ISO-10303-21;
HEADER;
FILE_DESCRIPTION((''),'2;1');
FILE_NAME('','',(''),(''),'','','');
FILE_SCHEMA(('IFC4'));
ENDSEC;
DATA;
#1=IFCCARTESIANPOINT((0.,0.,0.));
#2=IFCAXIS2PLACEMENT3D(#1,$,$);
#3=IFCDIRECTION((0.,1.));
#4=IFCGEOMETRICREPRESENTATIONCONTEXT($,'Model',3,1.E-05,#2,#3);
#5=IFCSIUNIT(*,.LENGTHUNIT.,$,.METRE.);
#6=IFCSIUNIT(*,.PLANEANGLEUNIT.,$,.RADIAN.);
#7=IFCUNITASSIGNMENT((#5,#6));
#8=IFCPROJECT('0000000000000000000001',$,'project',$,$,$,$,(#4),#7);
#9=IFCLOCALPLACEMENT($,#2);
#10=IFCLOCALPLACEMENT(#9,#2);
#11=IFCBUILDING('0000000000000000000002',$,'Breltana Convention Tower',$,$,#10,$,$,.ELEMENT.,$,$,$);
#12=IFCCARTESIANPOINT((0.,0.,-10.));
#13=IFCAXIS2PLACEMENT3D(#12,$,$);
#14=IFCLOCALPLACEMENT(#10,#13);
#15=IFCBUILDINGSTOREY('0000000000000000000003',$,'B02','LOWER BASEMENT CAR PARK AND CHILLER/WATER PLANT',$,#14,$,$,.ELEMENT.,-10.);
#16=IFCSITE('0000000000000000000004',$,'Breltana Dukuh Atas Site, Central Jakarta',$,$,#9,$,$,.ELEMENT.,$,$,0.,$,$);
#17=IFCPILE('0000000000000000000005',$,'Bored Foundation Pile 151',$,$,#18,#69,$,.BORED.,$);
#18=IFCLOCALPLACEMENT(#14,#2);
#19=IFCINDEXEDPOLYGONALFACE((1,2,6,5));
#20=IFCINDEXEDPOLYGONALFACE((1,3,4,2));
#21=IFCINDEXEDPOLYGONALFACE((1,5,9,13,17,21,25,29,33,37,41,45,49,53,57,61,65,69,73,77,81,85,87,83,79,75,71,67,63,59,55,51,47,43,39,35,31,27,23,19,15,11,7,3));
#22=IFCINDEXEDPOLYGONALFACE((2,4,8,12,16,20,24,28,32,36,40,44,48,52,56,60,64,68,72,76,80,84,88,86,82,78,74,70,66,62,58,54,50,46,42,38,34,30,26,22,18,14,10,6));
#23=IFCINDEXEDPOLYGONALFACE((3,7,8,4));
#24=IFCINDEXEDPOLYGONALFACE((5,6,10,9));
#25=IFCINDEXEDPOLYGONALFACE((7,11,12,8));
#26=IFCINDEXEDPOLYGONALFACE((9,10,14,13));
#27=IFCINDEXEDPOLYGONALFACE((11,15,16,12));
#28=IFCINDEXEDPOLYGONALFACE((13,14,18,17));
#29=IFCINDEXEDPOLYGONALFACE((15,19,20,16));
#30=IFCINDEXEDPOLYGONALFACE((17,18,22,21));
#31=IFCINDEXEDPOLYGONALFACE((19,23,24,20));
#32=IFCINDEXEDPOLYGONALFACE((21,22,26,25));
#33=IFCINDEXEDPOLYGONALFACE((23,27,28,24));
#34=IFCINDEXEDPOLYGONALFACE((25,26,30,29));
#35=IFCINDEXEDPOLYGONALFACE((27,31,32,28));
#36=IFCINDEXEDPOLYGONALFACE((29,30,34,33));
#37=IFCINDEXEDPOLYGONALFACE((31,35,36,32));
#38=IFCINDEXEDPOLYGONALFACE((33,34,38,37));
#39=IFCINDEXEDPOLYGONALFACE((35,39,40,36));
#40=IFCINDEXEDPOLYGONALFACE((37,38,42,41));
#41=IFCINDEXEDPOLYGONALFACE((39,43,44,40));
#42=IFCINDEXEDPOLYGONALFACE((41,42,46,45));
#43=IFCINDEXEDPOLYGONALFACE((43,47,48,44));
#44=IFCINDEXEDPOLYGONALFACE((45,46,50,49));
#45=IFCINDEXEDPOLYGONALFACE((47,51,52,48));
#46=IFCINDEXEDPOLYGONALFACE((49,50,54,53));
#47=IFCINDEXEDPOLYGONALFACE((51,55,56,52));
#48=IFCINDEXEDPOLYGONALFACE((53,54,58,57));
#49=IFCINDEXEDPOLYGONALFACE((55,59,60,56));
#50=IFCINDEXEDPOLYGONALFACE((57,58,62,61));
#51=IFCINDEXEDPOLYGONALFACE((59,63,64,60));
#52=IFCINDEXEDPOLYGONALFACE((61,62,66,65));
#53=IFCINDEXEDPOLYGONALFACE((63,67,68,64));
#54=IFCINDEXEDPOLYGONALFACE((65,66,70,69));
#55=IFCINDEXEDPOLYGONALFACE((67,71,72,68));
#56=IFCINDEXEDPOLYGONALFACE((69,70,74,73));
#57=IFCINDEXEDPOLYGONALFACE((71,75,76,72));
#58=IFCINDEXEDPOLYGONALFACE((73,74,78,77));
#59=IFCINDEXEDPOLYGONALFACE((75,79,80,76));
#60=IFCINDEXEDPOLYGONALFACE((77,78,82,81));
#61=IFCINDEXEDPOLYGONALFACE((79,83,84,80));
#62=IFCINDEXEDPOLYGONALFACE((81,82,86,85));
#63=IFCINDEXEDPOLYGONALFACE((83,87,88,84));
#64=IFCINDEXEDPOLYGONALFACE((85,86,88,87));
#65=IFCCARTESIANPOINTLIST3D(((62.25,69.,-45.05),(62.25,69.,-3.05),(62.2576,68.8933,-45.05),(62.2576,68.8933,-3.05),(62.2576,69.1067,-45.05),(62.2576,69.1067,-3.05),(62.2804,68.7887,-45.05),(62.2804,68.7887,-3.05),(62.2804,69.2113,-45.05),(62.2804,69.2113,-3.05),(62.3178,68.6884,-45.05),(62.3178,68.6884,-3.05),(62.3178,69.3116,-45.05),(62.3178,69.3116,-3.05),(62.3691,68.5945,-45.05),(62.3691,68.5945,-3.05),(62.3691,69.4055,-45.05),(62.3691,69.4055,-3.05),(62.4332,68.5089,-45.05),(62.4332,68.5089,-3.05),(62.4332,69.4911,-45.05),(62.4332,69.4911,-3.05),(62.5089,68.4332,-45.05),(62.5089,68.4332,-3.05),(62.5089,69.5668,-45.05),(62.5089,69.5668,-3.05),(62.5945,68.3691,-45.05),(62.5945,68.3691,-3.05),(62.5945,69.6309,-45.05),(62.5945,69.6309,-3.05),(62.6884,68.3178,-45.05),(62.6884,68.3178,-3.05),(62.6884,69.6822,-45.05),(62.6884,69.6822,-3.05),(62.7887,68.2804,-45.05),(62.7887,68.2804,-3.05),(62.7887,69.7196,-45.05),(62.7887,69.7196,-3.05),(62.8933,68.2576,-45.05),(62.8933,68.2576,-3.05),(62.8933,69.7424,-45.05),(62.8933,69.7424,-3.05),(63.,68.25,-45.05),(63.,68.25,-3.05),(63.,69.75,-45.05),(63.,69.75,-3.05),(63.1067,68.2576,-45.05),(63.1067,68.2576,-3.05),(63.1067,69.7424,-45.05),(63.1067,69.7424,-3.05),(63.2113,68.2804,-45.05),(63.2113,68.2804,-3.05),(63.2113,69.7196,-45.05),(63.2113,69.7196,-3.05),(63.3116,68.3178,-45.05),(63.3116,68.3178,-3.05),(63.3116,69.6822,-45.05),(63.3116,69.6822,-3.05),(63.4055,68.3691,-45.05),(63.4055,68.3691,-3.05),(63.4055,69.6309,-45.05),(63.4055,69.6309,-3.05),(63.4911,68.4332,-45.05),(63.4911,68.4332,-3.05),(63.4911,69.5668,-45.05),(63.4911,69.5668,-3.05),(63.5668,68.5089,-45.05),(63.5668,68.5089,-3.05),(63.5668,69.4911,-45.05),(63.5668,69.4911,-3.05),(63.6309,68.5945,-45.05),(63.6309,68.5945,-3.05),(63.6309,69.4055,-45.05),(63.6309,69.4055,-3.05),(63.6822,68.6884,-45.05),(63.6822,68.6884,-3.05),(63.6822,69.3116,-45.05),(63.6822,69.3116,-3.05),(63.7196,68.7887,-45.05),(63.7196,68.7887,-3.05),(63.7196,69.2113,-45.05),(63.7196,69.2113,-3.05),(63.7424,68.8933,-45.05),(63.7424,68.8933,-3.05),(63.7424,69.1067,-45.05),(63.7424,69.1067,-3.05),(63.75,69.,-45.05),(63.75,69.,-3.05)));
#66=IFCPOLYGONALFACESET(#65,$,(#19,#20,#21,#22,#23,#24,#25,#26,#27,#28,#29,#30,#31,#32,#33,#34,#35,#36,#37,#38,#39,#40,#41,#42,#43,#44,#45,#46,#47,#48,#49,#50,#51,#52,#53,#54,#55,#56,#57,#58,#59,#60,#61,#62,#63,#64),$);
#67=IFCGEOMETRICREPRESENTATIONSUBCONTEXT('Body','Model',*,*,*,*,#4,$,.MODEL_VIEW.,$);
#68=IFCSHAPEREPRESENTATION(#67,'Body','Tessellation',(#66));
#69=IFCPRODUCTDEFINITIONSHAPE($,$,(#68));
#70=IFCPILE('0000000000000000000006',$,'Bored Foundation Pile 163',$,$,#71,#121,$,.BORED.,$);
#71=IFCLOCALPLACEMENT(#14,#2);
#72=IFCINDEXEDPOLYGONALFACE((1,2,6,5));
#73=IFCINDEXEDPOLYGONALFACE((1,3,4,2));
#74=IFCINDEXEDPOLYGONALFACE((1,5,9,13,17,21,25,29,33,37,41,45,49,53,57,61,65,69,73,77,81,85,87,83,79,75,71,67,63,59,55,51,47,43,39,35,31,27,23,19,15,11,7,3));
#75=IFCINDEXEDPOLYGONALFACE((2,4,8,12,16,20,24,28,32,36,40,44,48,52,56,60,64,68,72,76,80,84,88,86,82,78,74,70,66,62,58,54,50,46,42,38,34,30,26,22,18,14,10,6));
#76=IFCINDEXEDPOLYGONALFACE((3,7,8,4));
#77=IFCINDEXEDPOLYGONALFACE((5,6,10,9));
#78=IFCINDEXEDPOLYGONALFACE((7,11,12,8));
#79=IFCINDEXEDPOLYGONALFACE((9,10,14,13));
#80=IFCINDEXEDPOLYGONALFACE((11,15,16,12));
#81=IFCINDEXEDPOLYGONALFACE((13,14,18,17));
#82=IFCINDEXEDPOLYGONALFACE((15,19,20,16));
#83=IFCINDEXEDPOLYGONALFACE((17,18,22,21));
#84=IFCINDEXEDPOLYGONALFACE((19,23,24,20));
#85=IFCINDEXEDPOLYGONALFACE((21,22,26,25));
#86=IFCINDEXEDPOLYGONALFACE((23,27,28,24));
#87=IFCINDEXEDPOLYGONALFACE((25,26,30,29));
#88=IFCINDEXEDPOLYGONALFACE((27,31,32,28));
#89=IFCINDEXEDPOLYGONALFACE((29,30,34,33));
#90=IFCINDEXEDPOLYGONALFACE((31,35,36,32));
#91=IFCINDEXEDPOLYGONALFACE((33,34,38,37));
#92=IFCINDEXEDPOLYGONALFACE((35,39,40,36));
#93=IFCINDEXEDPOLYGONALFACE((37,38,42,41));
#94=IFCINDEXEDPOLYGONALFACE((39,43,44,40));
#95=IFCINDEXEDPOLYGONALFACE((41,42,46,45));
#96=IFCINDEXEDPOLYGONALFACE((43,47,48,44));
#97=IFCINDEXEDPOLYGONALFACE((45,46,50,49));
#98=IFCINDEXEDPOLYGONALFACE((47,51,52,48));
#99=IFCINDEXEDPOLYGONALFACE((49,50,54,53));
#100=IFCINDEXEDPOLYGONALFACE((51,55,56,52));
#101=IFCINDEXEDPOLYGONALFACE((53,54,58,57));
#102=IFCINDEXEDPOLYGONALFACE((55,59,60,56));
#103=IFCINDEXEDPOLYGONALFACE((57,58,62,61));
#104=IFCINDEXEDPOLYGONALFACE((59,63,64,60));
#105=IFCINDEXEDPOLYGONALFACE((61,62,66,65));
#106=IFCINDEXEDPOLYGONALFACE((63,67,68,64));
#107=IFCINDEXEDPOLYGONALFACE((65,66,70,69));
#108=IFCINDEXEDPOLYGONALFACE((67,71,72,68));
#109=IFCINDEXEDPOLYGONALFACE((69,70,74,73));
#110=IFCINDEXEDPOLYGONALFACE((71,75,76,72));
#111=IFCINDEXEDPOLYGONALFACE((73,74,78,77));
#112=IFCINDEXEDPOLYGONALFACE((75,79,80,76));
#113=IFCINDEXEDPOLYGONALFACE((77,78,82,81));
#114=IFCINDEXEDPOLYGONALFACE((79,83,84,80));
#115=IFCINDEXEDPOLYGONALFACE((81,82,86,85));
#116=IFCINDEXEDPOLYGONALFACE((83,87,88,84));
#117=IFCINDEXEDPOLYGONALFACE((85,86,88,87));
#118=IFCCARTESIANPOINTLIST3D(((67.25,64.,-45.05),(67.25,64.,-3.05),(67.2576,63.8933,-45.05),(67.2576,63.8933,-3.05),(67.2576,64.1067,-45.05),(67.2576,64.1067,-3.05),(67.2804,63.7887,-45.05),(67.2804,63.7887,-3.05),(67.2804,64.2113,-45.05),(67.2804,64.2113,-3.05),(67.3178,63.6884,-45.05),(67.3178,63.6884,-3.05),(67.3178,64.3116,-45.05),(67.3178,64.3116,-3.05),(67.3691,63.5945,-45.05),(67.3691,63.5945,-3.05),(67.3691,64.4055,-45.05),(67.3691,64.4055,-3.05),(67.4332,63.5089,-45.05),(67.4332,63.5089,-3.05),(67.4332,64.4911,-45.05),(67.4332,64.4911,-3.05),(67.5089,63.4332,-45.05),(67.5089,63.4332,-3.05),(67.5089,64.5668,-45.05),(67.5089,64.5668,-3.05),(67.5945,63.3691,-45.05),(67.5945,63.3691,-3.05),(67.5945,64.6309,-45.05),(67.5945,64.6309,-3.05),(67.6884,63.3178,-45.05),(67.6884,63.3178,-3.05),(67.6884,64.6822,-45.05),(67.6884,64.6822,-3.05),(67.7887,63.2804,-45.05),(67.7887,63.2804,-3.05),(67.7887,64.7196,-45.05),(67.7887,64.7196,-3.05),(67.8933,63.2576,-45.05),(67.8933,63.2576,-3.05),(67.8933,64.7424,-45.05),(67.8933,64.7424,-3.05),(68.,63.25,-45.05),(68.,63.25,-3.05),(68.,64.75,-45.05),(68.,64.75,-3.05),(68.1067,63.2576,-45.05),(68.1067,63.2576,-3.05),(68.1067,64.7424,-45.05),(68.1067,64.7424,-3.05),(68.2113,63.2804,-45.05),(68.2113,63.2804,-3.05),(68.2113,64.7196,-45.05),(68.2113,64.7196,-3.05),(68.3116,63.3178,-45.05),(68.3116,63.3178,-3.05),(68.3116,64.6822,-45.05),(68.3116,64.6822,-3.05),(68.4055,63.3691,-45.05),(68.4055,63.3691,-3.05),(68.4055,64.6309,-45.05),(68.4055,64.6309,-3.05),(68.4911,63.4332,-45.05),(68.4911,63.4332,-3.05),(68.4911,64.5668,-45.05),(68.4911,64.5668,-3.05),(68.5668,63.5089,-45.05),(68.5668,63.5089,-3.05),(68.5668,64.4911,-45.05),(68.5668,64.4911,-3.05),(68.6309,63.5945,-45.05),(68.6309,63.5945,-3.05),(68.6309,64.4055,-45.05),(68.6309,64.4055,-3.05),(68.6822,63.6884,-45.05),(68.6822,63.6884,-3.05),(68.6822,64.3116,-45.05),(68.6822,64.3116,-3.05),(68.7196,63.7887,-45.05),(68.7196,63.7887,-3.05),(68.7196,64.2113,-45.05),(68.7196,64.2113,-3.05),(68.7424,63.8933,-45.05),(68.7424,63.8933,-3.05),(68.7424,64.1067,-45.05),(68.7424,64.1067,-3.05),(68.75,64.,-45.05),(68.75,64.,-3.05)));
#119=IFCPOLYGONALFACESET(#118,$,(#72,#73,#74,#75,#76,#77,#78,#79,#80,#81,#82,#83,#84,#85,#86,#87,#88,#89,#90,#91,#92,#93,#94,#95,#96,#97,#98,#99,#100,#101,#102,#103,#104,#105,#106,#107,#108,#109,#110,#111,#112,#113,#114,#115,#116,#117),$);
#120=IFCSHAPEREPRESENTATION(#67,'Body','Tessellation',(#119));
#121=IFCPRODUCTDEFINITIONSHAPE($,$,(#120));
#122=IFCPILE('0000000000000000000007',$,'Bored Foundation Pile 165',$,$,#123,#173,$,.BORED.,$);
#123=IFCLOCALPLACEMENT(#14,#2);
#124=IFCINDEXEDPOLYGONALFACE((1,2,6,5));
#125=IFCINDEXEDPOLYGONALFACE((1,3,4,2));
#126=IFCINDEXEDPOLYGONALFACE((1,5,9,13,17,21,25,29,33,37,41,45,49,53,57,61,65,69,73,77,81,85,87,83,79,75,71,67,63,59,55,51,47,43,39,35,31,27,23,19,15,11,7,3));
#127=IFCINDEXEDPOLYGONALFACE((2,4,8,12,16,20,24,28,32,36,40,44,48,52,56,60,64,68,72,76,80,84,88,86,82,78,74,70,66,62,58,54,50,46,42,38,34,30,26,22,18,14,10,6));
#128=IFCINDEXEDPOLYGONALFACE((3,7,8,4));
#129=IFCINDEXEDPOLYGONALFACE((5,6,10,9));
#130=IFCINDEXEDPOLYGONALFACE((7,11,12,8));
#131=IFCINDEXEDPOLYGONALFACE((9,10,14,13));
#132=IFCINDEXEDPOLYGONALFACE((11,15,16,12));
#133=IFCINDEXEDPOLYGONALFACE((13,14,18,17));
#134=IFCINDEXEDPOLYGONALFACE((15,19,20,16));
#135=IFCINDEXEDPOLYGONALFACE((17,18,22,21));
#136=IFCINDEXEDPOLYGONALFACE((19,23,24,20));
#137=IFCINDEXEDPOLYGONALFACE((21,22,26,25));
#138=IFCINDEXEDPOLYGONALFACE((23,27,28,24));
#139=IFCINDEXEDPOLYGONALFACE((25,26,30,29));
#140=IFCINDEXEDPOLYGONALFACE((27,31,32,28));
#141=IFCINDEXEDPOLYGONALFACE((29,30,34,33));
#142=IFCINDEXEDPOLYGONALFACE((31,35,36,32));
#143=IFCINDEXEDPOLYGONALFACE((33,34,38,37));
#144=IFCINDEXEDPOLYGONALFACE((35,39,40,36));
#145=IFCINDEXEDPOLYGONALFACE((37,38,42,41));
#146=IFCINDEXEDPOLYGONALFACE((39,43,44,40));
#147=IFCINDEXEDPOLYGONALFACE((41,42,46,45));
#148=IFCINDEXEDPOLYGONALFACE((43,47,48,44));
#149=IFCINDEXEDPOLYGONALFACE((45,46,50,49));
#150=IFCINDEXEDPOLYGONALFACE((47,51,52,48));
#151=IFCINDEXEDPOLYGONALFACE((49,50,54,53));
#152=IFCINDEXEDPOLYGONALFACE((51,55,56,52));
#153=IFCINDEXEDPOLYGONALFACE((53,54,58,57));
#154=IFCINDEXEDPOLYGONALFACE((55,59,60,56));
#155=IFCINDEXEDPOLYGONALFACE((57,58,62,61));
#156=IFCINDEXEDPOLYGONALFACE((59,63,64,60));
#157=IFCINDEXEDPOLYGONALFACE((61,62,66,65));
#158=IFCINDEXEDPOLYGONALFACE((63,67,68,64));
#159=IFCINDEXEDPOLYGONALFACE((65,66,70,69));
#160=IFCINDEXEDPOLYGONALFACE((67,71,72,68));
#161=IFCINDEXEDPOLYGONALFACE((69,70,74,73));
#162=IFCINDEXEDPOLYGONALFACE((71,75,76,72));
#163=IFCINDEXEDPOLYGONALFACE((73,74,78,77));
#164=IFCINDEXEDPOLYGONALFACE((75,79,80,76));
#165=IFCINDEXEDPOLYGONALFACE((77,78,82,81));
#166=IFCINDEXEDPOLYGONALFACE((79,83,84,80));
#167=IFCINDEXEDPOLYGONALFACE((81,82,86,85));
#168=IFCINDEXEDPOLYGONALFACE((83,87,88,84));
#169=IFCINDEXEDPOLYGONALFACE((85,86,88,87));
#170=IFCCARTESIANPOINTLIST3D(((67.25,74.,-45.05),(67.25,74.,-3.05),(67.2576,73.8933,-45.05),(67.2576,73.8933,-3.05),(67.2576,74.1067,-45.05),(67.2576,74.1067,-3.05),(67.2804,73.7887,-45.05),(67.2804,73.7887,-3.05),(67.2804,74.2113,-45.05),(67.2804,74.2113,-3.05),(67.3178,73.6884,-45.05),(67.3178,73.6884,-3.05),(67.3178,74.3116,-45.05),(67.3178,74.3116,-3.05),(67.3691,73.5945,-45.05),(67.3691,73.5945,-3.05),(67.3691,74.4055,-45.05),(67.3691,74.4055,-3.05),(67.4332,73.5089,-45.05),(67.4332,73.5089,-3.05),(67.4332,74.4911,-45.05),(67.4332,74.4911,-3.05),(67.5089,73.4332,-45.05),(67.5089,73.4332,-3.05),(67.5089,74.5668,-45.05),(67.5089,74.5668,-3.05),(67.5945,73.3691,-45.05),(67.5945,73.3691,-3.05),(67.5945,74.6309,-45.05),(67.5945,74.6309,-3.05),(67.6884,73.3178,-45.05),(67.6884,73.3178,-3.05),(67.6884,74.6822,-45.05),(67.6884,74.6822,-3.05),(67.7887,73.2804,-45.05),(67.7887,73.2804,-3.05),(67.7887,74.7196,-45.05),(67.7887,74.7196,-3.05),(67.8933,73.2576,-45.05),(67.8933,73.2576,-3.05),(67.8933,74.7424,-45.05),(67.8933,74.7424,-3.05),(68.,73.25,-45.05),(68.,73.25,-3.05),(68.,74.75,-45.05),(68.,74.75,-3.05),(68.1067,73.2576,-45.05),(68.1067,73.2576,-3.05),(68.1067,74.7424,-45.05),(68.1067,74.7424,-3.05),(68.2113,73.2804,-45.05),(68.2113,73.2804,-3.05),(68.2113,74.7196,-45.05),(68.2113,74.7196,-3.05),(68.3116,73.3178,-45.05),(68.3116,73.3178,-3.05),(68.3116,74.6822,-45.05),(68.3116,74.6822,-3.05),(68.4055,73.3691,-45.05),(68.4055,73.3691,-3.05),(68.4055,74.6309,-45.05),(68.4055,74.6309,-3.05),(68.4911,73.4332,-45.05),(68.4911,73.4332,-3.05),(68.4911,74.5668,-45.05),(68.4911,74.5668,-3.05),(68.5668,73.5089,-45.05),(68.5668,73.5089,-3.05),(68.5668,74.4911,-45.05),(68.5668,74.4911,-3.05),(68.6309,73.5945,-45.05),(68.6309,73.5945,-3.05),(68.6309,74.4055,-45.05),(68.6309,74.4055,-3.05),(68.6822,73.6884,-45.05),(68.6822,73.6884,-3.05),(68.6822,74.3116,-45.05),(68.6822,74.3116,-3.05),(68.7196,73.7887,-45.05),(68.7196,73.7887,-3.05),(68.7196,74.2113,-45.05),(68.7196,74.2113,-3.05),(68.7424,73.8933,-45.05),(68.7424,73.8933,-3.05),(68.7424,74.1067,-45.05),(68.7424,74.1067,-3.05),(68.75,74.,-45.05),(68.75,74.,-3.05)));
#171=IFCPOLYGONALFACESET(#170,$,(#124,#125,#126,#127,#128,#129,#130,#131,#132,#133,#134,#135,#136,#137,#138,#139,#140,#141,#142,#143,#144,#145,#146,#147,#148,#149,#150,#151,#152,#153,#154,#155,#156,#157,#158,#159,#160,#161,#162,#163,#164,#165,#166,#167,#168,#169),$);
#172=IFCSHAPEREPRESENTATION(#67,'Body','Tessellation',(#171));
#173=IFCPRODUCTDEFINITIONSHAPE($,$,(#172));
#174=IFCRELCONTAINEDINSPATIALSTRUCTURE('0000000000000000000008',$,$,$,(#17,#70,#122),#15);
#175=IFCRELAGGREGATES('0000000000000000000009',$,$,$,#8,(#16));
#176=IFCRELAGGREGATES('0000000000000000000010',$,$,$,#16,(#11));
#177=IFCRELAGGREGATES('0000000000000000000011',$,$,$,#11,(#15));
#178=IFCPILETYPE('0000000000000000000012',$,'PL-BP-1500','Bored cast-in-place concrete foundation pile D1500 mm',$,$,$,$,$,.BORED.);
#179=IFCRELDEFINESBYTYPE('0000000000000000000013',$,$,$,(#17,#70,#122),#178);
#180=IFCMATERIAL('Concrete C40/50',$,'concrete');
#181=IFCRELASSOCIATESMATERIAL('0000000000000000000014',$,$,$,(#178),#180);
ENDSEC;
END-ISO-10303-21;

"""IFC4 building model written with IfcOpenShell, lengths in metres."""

from ifc_helpers import new_model, si_unit, direction, frame, origin, origin_2d, place, context, subcontext, project, spatial, circle, extrude, source, transform, mapped, material, material_profile, profile_set, type_object, type_shapes, element, save


model = new_model("IFC4")

# Units and contexts
model_context = context("Model", 3, precision=1e-05, world=origin(), true_north=direction((0.0, 1.0)))
body_context = subcontext(model_context, "Body", "Model", "MODEL_VIEW")
ifc_project = project(units=[si_unit("LENGTHUNIT", "METRE"), si_unit("PLANEANGLEUNIT", "RADIAN")], contexts=[model_context])

# Site, building, storey
site_placement = place(None, origin())
site = spatial("IfcSite", under=ifc_project, at=site_placement, Name="Breltana Dukuh Atas Site, Central Jakarta", CompositionType="ELEMENT", RefElevation=0.0)
building_placement = place(site_placement, origin())
building = spatial("IfcBuilding", under=site, at=building_placement, Name="Breltana Convention Tower", CompositionType="ELEMENT")
storey_placement = place(building_placement, frame((0.0, 0.0, -10.0)))
storey = spatial("IfcBuildingStorey", under=building, at=storey_placement, Name="B02", Description="LOWER BASEMENT CAR PARK AND CHILLER/WATER PLANT", CompositionType="ELEMENT", Elevation=-10.0)

# Piles
ifc_material_1 = material(Name="Concrete C40/50", Category="concrete")
ifc_material_profile_1 = material_profile(ifc_material_1, circle(Radius=0.75, at=origin_2d()), Name="BP-D1500")
ifc_profile_set_1 = profile_set([ifc_material_profile_1], Name="Concrete C40/50")
pile_type_1 = type_object("IfcPileType", Name="PL-BP-1500", Description="Bored cast-in-place concrete foundation pile D1500 mm", PredefinedType="BORED", material=ifc_profile_set_1)
shared_shape_1 = source(origin(), body_context, "Body", "SweptSolid", [
    extrude(circle(Radius=0.75, at=origin_2d()), origin(), (0.0, 0.0, 1.0), 42.0),
])
type_shapes(pile_type_1, [shared_shape_1])
for number, where, z_axis, x_axis, name in (
    (1, (63.0, 69.0, -3.05), (0.0, 0.0, -1.0), (1.0, 0.0, 0.0), "Bored Foundation Pile 151"),
    (2, (68.0, 64.0, -3.05), (0.0, 0.0, -1.0), (1.0, 0.0, 0.0), "Bored Foundation Pile 163"),
    (3, (68.0, 74.0, -3.05), (0.0, 0.0, -1.0), (1.0, 0.0, 0.0), "Bored Foundation Pile 165"),
):
    element("IfcPile", number, at=place(storey_placement, frame(where, z_axis=z_axis, x_axis=x_axis)), inside=storey, type_object=pile_type_1, Name=name, PredefinedType="BORED", context=body_context, shape_type="MappedRepresentation", body=[
        mapped(shared_shape_1, transform((0.0, 0.0, 0.0), scale=1.0)),
    ])

save(model, "model.ifc")
